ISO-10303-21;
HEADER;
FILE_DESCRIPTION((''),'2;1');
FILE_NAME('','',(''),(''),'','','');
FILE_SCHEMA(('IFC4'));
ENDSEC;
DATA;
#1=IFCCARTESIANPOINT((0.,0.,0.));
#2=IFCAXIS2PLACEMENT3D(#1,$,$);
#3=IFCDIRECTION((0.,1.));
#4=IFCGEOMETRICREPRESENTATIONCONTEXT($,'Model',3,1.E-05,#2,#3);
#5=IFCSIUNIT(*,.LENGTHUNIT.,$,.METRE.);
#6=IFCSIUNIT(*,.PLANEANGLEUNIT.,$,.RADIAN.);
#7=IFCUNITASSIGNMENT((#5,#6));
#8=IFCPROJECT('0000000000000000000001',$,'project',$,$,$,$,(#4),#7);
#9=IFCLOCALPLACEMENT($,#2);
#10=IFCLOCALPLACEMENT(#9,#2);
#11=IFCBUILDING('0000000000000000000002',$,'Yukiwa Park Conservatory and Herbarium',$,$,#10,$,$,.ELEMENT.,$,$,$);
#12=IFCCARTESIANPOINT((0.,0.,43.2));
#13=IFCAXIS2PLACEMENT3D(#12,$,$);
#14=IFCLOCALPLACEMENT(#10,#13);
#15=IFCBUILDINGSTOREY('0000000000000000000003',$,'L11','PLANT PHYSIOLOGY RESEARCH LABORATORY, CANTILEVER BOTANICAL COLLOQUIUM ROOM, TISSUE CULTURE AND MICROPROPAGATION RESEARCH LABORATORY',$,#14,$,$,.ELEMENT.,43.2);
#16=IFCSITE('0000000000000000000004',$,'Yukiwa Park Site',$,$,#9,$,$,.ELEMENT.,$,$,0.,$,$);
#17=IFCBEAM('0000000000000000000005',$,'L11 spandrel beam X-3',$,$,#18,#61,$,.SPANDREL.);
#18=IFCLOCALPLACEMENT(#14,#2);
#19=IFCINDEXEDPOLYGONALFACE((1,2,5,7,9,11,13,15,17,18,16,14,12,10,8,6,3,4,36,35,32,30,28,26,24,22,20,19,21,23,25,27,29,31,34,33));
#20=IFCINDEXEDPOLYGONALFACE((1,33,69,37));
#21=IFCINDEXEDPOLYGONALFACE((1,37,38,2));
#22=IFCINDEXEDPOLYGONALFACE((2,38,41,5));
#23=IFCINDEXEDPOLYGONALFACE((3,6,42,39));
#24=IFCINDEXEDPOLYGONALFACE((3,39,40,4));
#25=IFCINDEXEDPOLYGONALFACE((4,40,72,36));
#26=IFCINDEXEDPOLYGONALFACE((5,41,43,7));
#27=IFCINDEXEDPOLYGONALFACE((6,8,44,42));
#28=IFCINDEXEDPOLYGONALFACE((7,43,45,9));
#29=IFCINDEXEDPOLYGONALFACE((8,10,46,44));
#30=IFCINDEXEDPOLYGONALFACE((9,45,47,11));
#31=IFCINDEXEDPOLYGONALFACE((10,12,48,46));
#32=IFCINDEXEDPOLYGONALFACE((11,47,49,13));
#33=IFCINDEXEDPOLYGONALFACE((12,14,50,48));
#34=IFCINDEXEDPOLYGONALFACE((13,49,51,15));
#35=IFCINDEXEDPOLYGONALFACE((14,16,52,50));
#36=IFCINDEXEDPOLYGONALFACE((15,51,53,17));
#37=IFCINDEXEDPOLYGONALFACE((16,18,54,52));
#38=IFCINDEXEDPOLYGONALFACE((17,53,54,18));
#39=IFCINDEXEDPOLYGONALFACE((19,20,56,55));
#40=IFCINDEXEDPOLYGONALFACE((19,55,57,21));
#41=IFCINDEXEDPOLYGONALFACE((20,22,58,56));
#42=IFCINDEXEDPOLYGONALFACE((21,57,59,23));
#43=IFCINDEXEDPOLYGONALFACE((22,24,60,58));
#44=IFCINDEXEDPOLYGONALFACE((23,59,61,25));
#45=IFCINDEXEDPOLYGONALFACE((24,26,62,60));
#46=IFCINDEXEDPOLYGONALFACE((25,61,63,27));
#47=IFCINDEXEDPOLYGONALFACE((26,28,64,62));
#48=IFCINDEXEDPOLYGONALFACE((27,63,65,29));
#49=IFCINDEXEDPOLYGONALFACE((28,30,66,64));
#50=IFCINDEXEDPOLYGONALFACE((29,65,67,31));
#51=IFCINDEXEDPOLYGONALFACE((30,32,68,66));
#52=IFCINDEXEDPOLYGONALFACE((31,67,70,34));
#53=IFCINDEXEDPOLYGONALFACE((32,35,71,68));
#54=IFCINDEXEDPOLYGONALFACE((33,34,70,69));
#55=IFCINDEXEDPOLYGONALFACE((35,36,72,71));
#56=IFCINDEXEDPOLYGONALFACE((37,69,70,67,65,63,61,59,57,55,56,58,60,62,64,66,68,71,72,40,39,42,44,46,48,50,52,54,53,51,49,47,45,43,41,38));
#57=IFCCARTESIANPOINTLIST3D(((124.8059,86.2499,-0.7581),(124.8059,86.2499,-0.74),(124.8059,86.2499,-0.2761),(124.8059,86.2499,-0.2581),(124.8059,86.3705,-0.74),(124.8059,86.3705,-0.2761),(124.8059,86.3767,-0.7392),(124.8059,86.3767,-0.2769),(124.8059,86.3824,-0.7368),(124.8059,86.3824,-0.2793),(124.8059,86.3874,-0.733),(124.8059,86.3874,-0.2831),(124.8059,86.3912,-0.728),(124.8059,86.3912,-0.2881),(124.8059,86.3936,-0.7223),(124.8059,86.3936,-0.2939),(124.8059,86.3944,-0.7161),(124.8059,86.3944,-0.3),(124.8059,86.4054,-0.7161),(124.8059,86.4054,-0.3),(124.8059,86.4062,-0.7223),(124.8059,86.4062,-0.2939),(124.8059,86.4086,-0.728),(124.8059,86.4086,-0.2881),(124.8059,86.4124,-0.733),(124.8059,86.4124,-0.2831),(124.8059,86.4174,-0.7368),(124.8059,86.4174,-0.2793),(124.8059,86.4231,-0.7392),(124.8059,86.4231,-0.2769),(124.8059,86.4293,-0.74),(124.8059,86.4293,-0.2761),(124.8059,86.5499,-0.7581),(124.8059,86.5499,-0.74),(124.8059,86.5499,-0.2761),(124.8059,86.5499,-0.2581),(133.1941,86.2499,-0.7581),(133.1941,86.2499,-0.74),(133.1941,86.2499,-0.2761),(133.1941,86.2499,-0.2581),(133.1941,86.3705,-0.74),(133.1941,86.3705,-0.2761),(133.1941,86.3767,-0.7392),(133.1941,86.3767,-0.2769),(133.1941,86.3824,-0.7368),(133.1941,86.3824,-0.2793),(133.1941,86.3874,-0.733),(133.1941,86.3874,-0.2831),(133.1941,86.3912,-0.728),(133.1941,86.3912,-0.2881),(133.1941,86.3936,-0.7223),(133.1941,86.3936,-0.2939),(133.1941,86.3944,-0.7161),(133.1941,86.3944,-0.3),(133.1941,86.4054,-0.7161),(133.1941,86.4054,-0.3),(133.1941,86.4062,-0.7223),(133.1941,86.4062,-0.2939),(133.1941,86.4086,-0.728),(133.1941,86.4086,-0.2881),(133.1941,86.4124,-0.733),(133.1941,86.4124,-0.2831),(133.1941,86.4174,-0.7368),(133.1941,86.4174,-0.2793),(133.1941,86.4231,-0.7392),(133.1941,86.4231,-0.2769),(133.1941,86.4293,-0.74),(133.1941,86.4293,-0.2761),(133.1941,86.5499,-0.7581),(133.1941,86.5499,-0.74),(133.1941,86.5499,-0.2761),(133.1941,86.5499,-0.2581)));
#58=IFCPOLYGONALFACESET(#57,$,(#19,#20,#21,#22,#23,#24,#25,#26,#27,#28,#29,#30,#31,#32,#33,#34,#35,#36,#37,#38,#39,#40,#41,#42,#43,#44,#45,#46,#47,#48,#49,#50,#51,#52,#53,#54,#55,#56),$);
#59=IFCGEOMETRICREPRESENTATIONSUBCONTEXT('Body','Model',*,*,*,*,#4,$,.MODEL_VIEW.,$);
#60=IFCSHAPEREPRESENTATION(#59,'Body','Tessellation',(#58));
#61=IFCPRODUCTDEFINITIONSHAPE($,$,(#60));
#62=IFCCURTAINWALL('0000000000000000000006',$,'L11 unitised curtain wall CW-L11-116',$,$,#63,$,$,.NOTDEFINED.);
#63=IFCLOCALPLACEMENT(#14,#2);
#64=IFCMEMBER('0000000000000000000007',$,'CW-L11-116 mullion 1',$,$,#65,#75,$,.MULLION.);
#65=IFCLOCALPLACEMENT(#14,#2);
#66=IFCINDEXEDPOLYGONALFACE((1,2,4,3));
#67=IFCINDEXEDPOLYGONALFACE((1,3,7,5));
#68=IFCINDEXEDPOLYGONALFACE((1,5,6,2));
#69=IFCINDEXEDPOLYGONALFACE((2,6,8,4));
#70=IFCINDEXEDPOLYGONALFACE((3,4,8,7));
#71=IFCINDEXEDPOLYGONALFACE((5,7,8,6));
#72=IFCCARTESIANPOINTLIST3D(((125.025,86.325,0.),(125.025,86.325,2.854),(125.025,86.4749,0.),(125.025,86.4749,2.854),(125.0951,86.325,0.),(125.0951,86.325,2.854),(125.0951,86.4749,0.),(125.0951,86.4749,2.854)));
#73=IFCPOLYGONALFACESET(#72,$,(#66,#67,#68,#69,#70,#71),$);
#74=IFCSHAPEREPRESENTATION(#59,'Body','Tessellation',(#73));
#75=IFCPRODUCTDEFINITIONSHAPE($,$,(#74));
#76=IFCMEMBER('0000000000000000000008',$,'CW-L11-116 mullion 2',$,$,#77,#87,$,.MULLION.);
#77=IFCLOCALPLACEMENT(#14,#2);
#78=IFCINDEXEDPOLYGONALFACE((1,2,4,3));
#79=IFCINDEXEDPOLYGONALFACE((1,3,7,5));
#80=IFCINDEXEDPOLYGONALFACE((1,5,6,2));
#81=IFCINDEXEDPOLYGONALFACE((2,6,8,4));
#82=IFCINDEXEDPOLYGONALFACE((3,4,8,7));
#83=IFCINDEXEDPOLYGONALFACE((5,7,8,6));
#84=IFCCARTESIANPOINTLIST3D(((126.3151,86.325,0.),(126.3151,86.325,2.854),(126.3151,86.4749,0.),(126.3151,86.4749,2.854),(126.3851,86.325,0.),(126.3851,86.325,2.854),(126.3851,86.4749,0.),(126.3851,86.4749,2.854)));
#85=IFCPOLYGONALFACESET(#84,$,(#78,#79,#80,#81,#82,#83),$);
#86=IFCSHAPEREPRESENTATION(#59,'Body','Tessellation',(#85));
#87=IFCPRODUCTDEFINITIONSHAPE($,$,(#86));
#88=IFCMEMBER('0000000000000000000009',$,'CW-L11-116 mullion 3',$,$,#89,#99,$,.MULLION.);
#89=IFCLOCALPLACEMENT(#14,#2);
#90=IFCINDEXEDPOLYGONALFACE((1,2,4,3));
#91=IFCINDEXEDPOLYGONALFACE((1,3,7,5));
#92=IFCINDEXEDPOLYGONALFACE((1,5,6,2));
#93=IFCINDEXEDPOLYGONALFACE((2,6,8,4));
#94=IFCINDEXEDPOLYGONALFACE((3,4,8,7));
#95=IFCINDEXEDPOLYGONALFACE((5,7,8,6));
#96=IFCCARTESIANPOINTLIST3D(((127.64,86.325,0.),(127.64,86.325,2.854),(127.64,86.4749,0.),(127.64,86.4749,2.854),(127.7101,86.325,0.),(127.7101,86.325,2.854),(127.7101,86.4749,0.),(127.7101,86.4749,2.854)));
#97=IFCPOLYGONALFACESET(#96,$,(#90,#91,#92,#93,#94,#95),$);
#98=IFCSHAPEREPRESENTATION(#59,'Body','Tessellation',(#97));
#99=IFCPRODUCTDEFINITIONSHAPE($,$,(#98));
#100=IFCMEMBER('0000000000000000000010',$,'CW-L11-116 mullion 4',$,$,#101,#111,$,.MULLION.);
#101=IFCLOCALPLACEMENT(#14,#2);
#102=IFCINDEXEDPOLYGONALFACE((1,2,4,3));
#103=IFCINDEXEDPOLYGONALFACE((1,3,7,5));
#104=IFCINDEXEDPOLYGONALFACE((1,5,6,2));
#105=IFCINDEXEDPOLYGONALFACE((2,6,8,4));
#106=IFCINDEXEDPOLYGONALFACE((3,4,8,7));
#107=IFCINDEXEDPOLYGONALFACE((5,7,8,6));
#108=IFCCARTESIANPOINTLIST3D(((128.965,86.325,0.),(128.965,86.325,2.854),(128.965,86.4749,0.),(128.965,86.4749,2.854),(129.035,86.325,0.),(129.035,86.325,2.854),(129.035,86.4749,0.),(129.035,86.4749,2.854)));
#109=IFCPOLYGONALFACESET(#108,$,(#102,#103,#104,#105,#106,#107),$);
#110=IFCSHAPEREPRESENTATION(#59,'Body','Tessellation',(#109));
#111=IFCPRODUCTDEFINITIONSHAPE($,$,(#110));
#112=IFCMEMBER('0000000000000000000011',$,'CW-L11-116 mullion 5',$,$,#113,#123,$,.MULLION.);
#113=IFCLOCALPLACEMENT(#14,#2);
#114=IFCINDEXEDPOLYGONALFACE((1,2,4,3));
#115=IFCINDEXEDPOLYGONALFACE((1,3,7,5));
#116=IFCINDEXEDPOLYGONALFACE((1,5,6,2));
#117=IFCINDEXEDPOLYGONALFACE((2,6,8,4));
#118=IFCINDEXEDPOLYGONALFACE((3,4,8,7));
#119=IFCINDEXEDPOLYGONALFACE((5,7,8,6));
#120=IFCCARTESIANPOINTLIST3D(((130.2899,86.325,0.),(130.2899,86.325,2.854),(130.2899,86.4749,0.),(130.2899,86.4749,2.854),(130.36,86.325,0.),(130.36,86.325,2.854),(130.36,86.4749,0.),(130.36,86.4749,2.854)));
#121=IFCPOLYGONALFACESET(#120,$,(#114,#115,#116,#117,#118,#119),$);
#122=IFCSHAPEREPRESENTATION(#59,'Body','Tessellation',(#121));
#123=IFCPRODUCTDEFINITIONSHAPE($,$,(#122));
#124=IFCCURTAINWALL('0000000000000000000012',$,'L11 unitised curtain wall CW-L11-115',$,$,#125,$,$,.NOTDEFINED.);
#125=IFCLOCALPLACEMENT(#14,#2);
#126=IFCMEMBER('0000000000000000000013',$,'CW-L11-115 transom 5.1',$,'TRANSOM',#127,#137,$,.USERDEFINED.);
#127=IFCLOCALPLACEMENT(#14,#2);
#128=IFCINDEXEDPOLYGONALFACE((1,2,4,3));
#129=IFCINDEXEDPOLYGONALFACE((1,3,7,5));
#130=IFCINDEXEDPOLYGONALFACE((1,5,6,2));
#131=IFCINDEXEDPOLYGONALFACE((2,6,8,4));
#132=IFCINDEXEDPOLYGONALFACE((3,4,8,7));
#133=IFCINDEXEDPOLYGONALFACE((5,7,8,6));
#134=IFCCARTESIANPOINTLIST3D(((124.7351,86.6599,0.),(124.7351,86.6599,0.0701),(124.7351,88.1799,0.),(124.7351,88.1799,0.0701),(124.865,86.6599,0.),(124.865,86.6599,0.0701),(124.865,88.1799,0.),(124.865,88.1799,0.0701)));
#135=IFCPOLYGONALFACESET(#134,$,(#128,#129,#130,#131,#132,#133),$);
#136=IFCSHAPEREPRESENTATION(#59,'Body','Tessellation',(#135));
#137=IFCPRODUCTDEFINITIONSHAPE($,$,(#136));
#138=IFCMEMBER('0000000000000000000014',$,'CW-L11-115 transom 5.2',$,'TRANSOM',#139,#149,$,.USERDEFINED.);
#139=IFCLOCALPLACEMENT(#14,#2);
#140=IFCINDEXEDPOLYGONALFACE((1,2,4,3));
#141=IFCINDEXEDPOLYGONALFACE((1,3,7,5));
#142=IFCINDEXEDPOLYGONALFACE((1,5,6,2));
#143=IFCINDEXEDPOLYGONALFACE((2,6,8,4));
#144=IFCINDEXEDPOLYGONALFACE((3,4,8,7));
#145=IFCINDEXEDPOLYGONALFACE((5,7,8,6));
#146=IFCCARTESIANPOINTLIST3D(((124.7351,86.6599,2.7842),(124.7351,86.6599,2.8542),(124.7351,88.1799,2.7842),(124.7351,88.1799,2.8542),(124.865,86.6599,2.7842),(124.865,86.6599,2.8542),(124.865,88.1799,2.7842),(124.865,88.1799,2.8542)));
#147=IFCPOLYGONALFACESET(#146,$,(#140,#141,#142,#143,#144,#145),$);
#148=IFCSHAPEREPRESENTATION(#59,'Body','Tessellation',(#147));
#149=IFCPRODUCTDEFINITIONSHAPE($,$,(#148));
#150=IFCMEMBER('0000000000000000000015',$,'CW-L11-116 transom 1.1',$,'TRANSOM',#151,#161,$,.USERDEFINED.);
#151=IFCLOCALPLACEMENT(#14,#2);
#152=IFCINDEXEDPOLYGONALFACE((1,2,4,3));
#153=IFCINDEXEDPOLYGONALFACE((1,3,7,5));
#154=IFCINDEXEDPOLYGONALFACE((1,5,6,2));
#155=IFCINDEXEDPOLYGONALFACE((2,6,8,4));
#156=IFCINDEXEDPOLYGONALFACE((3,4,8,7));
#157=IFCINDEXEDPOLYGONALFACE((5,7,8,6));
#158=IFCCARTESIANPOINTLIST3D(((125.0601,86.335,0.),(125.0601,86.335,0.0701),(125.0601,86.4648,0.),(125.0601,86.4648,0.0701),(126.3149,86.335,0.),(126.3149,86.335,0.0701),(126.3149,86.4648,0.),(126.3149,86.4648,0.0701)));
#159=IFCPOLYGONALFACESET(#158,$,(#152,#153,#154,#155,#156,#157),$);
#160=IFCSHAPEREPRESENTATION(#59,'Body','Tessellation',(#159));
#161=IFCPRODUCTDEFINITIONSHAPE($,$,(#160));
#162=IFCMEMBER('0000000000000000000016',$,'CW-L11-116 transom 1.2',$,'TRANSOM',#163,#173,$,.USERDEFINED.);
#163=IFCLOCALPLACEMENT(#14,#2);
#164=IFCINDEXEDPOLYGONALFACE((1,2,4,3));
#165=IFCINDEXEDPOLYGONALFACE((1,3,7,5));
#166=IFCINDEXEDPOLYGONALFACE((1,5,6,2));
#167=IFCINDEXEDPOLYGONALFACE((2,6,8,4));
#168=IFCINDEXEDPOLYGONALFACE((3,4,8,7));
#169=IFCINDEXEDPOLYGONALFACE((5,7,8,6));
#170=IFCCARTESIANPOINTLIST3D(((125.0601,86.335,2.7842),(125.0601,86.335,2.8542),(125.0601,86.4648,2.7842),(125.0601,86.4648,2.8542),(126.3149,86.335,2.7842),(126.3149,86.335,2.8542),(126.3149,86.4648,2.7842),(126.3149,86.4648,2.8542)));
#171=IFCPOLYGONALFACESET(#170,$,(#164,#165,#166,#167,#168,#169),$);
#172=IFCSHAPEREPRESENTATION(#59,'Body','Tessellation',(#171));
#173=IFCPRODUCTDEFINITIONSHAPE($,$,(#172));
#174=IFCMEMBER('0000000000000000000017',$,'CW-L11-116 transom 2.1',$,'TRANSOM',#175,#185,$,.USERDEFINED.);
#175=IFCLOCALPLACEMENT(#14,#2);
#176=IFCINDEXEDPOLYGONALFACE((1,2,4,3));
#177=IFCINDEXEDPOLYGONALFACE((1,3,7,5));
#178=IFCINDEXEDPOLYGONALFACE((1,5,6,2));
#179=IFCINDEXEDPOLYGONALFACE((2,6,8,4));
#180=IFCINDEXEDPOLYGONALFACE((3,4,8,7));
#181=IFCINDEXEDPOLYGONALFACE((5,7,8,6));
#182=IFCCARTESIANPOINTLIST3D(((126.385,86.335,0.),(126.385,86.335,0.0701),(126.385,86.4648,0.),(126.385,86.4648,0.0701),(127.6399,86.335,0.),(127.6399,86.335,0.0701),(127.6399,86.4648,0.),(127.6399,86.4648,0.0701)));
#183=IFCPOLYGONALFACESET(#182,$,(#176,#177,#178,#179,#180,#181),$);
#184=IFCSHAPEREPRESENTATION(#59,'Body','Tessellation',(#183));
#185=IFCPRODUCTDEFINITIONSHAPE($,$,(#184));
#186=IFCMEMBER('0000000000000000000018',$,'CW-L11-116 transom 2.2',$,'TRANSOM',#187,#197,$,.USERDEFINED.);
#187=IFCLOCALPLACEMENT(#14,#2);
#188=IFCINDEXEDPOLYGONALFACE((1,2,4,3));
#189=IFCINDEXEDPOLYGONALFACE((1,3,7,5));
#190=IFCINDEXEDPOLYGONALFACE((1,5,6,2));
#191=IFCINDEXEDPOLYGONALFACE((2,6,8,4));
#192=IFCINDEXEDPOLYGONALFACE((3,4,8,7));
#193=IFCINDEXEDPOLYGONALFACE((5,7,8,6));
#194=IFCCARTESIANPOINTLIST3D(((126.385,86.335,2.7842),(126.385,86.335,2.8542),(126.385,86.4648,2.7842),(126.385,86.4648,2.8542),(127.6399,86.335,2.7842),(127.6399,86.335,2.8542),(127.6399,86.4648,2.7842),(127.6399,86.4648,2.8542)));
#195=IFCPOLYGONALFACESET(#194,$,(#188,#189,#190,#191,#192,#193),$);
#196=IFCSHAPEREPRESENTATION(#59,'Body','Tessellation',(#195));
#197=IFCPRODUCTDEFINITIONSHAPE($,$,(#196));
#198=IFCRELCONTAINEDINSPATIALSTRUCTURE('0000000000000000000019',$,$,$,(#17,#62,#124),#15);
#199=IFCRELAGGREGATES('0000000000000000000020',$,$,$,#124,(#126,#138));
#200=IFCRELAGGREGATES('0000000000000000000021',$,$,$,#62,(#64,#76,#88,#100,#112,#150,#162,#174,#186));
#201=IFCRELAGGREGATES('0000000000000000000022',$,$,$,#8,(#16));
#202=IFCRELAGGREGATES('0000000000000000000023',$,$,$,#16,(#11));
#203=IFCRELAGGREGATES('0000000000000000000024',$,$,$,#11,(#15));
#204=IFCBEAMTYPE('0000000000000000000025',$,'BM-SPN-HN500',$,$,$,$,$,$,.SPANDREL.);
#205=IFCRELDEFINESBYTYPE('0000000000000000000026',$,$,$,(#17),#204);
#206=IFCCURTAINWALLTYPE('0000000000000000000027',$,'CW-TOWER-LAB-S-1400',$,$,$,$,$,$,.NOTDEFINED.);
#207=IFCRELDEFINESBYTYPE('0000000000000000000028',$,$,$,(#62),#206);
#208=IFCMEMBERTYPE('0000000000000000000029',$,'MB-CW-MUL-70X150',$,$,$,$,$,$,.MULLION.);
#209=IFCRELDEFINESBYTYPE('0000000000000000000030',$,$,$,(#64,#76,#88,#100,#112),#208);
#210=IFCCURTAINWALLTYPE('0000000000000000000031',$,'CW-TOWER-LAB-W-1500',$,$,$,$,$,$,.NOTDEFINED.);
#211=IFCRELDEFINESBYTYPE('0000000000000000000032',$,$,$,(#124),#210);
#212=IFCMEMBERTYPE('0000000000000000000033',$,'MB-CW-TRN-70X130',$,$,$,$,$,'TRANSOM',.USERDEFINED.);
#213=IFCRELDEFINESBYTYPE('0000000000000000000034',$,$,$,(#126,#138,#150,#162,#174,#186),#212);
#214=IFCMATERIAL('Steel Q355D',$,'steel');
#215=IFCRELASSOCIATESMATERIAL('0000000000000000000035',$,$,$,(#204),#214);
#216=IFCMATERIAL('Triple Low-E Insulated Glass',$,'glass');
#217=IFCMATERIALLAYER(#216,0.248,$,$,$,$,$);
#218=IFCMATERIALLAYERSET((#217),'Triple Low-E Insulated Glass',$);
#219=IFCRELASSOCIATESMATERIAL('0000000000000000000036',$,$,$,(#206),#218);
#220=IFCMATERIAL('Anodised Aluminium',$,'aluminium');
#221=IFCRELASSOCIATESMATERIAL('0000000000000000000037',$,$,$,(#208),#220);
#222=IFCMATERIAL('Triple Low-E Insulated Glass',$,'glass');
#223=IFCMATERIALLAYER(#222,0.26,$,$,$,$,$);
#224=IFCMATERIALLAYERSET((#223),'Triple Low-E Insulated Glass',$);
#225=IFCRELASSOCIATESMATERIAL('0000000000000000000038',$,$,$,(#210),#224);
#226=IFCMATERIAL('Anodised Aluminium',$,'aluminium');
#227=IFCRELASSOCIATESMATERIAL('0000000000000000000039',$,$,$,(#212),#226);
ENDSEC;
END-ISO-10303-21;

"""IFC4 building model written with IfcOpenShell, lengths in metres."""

from ifc_helpers import new_model, si_unit, direction, frame, origin, origin_2d, place, context, subcontext, project, spatial, rectangle, i_section, extrude, material, layer, layer_set, material_profile, profile_set, type_object, element, aggregate, save


model = new_model("IFC4")

# Units and contexts
model_context = context("Model", 3, precision=1e-05, world=origin(), true_north=direction((0.0, 1.0)))
body_context = subcontext(model_context, "Body", "Model", "MODEL_VIEW")
ifc_project = project(units=[si_unit("LENGTHUNIT", "METRE"), si_unit("PLANEANGLEUNIT", "RADIAN")], contexts=[model_context])

# Site, building, storey
site_placement = place(None, origin())
site = spatial("IfcSite", under=ifc_project, at=site_placement, Name="Yukiwa Park Site", CompositionType="ELEMENT", RefElevation=0.0)
building_placement = place(site_placement, origin())
building = spatial("IfcBuilding", under=site, at=building_placement, Name="Yukiwa Park Conservatory and Herbarium", CompositionType="ELEMENT")
storey_placement = place(building_placement, frame((0.0, 0.0, 43.2)))
storey = spatial("IfcBuildingStorey", under=building, at=storey_placement, Name="L11", Description="PLANT PHYSIOLOGY RESEARCH LABORATORY, CANTILEVER BOTANICAL COLLOQUIUM ROOM, TISSUE CULTURE AND MICROPROPAGATION RESEARCH LABORATORY", CompositionType="ELEMENT", Elevation=43.2)

# Beam
ifc_material_1 = material(Name="Steel Q355D", Category="steel")
ifc_material_profile = material_profile(ifc_material_1, i_section(OverallWidth=0.3, OverallDepth=0.5, WebThickness=0.011, FlangeThickness=0.0181, FilletRadius=0.0239, at=origin_2d()), Name="HM 500x300x11x18")
ifc_profile_set = profile_set([ifc_material_profile], Name="Steel Q355D")
beam_type = type_object("IfcBeamType", Name="BM-SPN-HN500", PredefinedType="SPANDREL", material=ifc_profile_set)
beam_placement = place(storey_placement, frame((124.8059, 86.3999, -0.5081), z_axis=(1.0, 0.0, 0.0), x_axis=(0.0, 1.0, 0.0)))
element("IfcBeam", 1, at=beam_placement, inside=storey, type_object=beam_type, Name="L11 spandrel beam X-3", PredefinedType="SPANDREL", context=body_context, shape_type="SweptSolid", body=[
    extrude(i_section(OverallWidth=0.3, OverallDepth=0.5, WebThickness=0.011, FlangeThickness=0.0181, FilletRadius=0.0239, at=origin_2d()), origin(), (0.0, 0.0, 1.0), 8.3882),
])

# Curtain walls, members
ifc_material_2 = material(Name="Triple Low-E Insulated Glass", Category="glass")
ifc_layer_1 = layer(ifc_material_2, 0.248)
ifc_layer_set_1 = layer_set([ifc_layer_1], Name="Triple Low-E Insulated Glass")
curtain_wall_type_1 = type_object("IfcCurtainWallType", Name="CW-TOWER-LAB-S-1400", PredefinedType="NOTDEFINED", material=ifc_layer_set_1)
curtain_wall_1_placement = place(storey_placement, origin())
curtain_wall_1 = element("IfcCurtainWall", 2, at=curtain_wall_1_placement, inside=storey, type_object=curtain_wall_type_1, Name="L11 unitised curtain wall CW-L11-116", PredefinedType="NOTDEFINED")
ifc_material_3 = material(Name="Anodised Aluminium", Category="aluminium")
member_type_1 = type_object("IfcMemberType", Name="MB-CW-MUL-70X150", PredefinedType="MULLION", material=ifc_material_3)
member_1_placement = place(storey_placement, frame((125.0601, 86.3999, 0.0), z_axis=(0.0, 0.0, 1.0), x_axis=(1.0, 0.0, 0.0)))
member_1 = element("IfcMember", 3, at=member_1_placement, type_object=member_type_1, Name="CW-L11-116 mullion 1", PredefinedType="MULLION", context=body_context, shape_type="SweptSolid", body=[
    extrude(rectangle(XDim=0.0701, YDim=0.1499, at=origin_2d()), origin(), (0.0, 0.0, 1.0), 2.854),
])
member_2_placement = place(storey_placement, frame((126.3501, 86.3999, 0.0), z_axis=(0.0, 0.0, 1.0), x_axis=(1.0, 0.0, 0.0)))
member_2 = element("IfcMember", 4, at=member_2_placement, type_object=member_type_1, Name="CW-L11-116 mullion 2", PredefinedType="MULLION", context=body_context, shape_type="SweptSolid", body=[
    extrude(rectangle(XDim=0.0701, YDim=0.1499, at=origin_2d()), origin(), (0.0, 0.0, 1.0), 2.854),
])
member_3_placement = place(storey_placement, frame((127.675, 86.3999, 0.0), z_axis=(0.0, 0.0, 1.0), x_axis=(1.0, 0.0, 0.0)))
member_3 = element("IfcMember", 5, at=member_3_placement, type_object=member_type_1, Name="CW-L11-116 mullion 3", PredefinedType="MULLION", context=body_context, shape_type="SweptSolid", body=[
    extrude(rectangle(XDim=0.0701, YDim=0.1499, at=origin_2d()), origin(), (0.0, 0.0, 1.0), 2.854),
])
member_4_placement = place(storey_placement, frame((129.0, 86.3999, 0.0), z_axis=(0.0, 0.0, 1.0), x_axis=(1.0, 0.0, 0.0)))
member_4 = element("IfcMember", 6, at=member_4_placement, type_object=member_type_1, Name="CW-L11-116 mullion 4", PredefinedType="MULLION", context=body_context, shape_type="SweptSolid", body=[
    extrude(rectangle(XDim=0.0701, YDim=0.1499, at=origin_2d()), origin(), (0.0, 0.0, 1.0), 2.854),
])
member_5_placement = place(storey_placement, frame((130.325, 86.3999, 0.0), z_axis=(0.0, 0.0, 1.0), x_axis=(1.0, 0.0, 0.0)))
member_5 = element("IfcMember", 7, at=member_5_placement, type_object=member_type_1, Name="CW-L11-116 mullion 5", PredefinedType="MULLION", context=body_context, shape_type="SweptSolid", body=[
    extrude(rectangle(XDim=0.0701, YDim=0.1499, at=origin_2d()), origin(), (0.0, 0.0, 1.0), 2.854),
])
ifc_material_4 = material(Name="Triple Low-E Insulated Glass", Category="glass")
ifc_layer_2 = layer(ifc_material_4, 0.26)
ifc_layer_set_2 = layer_set([ifc_layer_2], Name="Triple Low-E Insulated Glass")
curtain_wall_type_2 = type_object("IfcCurtainWallType", Name="CW-TOWER-LAB-W-1500", PredefinedType="NOTDEFINED", material=ifc_layer_set_2)
curtain_wall_2_placement = place(storey_placement, origin())
curtain_wall_2 = element("IfcCurtainWall", 8, at=curtain_wall_2_placement, inside=storey, type_object=curtain_wall_type_2, Name="L11 unitised curtain wall CW-L11-115", PredefinedType="NOTDEFINED")
ifc_material_5 = material(Name="Anodised Aluminium", Category="aluminium")
member_type_2 = type_object("IfcMemberType", Name="MB-CW-TRN-70X130", ElementType="TRANSOM", PredefinedType="USERDEFINED", material=ifc_material_5)
member_6_placement = place(storey_placement, frame((124.8, 87.4199, 0.0), z_axis=(0.0, 0.0, 1.0), x_axis=(0.0, -1.0, 0.0)))
member_6 = element("IfcMember", 9, at=member_6_placement, type_object=member_type_2, Name="CW-L11-115 transom 5.1", ObjectType="TRANSOM", PredefinedType="USERDEFINED", context=body_context, shape_type="SweptSolid", body=[
    extrude(rectangle(XDim=1.52, YDim=0.1299, at=origin_2d()), origin(), (0.0, 0.0, 1.0), 0.0701),
])
member_7_placement = place(storey_placement, frame((124.8, 87.4199, 2.7842), z_axis=(0.0, 0.0, 1.0), x_axis=(0.0, -1.0, 0.0)))
member_7 = element("IfcMember", 10, at=member_7_placement, type_object=member_type_2, Name="CW-L11-115 transom 5.2", ObjectType="TRANSOM", PredefinedType="USERDEFINED", context=body_context, shape_type="SweptSolid", body=[
    extrude(rectangle(XDim=1.52, YDim=0.1299, at=origin_2d()), origin(), (0.0, 0.0, 1.0), 0.0701),
])

# Members
member_8_placement = place(storey_placement, frame((125.6875, 86.3999, 0.0), z_axis=(0.0, 0.0, 1.0), x_axis=(1.0, 0.0, 0.0)))
member_8 = element("IfcMember", 11, at=member_8_placement, type_object=member_type_2, Name="CW-L11-116 transom 1.1", ObjectType="TRANSOM", PredefinedType="USERDEFINED", context=body_context, shape_type="SweptSolid", body=[
    extrude(rectangle(XDim=1.2549, YDim=0.1299, at=origin_2d()), origin(), (0.0, 0.0, 1.0), 0.0701),
])
member_9_placement = place(storey_placement, frame((125.6875, 86.3999, 2.7842), z_axis=(0.0, 0.0, 1.0), x_axis=(1.0, 0.0, 0.0)))
member_9 = element("IfcMember", 12, at=member_9_placement, type_object=member_type_2, Name="CW-L11-116 transom 1.2", ObjectType="TRANSOM", PredefinedType="USERDEFINED", context=body_context, shape_type="SweptSolid", body=[
    extrude(rectangle(XDim=1.2549, YDim=0.1299, at=origin_2d()), origin(), (0.0, 0.0, 1.0), 0.0701),
])
member_10_placement = place(storey_placement, frame((127.0125, 86.3999, 0.0), z_axis=(0.0, 0.0, 1.0), x_axis=(1.0, 0.0, 0.0)))
member_10 = element("IfcMember", 13, at=member_10_placement, type_object=member_type_2, Name="CW-L11-116 transom 2.1", ObjectType="TRANSOM", PredefinedType="USERDEFINED", context=body_context, shape_type="SweptSolid", body=[
    extrude(rectangle(XDim=1.2549, YDim=0.1299, at=origin_2d()), origin(), (0.0, 0.0, 1.0), 0.0701),
])
member_11_placement = place(storey_placement, frame((127.0125, 86.3999, 2.7842), z_axis=(0.0, 0.0, 1.0), x_axis=(1.0, 0.0, 0.0)))
member_11 = element("IfcMember", 14, at=member_11_placement, type_object=member_type_2, Name="CW-L11-116 transom 2.2", ObjectType="TRANSOM", PredefinedType="USERDEFINED", context=body_context, shape_type="SweptSolid", body=[
    extrude(rectangle(XDim=1.2549, YDim=0.1299, at=origin_2d()), origin(), (0.0, 0.0, 1.0), 0.0701),
])

aggregate(curtain_wall_2, [member_6, member_7])
aggregate(curtain_wall_1, [member_1, member_2, member_3, member_4, member_5, member_8, member_9, member_10, member_11])

save(model, "model.ifc")
